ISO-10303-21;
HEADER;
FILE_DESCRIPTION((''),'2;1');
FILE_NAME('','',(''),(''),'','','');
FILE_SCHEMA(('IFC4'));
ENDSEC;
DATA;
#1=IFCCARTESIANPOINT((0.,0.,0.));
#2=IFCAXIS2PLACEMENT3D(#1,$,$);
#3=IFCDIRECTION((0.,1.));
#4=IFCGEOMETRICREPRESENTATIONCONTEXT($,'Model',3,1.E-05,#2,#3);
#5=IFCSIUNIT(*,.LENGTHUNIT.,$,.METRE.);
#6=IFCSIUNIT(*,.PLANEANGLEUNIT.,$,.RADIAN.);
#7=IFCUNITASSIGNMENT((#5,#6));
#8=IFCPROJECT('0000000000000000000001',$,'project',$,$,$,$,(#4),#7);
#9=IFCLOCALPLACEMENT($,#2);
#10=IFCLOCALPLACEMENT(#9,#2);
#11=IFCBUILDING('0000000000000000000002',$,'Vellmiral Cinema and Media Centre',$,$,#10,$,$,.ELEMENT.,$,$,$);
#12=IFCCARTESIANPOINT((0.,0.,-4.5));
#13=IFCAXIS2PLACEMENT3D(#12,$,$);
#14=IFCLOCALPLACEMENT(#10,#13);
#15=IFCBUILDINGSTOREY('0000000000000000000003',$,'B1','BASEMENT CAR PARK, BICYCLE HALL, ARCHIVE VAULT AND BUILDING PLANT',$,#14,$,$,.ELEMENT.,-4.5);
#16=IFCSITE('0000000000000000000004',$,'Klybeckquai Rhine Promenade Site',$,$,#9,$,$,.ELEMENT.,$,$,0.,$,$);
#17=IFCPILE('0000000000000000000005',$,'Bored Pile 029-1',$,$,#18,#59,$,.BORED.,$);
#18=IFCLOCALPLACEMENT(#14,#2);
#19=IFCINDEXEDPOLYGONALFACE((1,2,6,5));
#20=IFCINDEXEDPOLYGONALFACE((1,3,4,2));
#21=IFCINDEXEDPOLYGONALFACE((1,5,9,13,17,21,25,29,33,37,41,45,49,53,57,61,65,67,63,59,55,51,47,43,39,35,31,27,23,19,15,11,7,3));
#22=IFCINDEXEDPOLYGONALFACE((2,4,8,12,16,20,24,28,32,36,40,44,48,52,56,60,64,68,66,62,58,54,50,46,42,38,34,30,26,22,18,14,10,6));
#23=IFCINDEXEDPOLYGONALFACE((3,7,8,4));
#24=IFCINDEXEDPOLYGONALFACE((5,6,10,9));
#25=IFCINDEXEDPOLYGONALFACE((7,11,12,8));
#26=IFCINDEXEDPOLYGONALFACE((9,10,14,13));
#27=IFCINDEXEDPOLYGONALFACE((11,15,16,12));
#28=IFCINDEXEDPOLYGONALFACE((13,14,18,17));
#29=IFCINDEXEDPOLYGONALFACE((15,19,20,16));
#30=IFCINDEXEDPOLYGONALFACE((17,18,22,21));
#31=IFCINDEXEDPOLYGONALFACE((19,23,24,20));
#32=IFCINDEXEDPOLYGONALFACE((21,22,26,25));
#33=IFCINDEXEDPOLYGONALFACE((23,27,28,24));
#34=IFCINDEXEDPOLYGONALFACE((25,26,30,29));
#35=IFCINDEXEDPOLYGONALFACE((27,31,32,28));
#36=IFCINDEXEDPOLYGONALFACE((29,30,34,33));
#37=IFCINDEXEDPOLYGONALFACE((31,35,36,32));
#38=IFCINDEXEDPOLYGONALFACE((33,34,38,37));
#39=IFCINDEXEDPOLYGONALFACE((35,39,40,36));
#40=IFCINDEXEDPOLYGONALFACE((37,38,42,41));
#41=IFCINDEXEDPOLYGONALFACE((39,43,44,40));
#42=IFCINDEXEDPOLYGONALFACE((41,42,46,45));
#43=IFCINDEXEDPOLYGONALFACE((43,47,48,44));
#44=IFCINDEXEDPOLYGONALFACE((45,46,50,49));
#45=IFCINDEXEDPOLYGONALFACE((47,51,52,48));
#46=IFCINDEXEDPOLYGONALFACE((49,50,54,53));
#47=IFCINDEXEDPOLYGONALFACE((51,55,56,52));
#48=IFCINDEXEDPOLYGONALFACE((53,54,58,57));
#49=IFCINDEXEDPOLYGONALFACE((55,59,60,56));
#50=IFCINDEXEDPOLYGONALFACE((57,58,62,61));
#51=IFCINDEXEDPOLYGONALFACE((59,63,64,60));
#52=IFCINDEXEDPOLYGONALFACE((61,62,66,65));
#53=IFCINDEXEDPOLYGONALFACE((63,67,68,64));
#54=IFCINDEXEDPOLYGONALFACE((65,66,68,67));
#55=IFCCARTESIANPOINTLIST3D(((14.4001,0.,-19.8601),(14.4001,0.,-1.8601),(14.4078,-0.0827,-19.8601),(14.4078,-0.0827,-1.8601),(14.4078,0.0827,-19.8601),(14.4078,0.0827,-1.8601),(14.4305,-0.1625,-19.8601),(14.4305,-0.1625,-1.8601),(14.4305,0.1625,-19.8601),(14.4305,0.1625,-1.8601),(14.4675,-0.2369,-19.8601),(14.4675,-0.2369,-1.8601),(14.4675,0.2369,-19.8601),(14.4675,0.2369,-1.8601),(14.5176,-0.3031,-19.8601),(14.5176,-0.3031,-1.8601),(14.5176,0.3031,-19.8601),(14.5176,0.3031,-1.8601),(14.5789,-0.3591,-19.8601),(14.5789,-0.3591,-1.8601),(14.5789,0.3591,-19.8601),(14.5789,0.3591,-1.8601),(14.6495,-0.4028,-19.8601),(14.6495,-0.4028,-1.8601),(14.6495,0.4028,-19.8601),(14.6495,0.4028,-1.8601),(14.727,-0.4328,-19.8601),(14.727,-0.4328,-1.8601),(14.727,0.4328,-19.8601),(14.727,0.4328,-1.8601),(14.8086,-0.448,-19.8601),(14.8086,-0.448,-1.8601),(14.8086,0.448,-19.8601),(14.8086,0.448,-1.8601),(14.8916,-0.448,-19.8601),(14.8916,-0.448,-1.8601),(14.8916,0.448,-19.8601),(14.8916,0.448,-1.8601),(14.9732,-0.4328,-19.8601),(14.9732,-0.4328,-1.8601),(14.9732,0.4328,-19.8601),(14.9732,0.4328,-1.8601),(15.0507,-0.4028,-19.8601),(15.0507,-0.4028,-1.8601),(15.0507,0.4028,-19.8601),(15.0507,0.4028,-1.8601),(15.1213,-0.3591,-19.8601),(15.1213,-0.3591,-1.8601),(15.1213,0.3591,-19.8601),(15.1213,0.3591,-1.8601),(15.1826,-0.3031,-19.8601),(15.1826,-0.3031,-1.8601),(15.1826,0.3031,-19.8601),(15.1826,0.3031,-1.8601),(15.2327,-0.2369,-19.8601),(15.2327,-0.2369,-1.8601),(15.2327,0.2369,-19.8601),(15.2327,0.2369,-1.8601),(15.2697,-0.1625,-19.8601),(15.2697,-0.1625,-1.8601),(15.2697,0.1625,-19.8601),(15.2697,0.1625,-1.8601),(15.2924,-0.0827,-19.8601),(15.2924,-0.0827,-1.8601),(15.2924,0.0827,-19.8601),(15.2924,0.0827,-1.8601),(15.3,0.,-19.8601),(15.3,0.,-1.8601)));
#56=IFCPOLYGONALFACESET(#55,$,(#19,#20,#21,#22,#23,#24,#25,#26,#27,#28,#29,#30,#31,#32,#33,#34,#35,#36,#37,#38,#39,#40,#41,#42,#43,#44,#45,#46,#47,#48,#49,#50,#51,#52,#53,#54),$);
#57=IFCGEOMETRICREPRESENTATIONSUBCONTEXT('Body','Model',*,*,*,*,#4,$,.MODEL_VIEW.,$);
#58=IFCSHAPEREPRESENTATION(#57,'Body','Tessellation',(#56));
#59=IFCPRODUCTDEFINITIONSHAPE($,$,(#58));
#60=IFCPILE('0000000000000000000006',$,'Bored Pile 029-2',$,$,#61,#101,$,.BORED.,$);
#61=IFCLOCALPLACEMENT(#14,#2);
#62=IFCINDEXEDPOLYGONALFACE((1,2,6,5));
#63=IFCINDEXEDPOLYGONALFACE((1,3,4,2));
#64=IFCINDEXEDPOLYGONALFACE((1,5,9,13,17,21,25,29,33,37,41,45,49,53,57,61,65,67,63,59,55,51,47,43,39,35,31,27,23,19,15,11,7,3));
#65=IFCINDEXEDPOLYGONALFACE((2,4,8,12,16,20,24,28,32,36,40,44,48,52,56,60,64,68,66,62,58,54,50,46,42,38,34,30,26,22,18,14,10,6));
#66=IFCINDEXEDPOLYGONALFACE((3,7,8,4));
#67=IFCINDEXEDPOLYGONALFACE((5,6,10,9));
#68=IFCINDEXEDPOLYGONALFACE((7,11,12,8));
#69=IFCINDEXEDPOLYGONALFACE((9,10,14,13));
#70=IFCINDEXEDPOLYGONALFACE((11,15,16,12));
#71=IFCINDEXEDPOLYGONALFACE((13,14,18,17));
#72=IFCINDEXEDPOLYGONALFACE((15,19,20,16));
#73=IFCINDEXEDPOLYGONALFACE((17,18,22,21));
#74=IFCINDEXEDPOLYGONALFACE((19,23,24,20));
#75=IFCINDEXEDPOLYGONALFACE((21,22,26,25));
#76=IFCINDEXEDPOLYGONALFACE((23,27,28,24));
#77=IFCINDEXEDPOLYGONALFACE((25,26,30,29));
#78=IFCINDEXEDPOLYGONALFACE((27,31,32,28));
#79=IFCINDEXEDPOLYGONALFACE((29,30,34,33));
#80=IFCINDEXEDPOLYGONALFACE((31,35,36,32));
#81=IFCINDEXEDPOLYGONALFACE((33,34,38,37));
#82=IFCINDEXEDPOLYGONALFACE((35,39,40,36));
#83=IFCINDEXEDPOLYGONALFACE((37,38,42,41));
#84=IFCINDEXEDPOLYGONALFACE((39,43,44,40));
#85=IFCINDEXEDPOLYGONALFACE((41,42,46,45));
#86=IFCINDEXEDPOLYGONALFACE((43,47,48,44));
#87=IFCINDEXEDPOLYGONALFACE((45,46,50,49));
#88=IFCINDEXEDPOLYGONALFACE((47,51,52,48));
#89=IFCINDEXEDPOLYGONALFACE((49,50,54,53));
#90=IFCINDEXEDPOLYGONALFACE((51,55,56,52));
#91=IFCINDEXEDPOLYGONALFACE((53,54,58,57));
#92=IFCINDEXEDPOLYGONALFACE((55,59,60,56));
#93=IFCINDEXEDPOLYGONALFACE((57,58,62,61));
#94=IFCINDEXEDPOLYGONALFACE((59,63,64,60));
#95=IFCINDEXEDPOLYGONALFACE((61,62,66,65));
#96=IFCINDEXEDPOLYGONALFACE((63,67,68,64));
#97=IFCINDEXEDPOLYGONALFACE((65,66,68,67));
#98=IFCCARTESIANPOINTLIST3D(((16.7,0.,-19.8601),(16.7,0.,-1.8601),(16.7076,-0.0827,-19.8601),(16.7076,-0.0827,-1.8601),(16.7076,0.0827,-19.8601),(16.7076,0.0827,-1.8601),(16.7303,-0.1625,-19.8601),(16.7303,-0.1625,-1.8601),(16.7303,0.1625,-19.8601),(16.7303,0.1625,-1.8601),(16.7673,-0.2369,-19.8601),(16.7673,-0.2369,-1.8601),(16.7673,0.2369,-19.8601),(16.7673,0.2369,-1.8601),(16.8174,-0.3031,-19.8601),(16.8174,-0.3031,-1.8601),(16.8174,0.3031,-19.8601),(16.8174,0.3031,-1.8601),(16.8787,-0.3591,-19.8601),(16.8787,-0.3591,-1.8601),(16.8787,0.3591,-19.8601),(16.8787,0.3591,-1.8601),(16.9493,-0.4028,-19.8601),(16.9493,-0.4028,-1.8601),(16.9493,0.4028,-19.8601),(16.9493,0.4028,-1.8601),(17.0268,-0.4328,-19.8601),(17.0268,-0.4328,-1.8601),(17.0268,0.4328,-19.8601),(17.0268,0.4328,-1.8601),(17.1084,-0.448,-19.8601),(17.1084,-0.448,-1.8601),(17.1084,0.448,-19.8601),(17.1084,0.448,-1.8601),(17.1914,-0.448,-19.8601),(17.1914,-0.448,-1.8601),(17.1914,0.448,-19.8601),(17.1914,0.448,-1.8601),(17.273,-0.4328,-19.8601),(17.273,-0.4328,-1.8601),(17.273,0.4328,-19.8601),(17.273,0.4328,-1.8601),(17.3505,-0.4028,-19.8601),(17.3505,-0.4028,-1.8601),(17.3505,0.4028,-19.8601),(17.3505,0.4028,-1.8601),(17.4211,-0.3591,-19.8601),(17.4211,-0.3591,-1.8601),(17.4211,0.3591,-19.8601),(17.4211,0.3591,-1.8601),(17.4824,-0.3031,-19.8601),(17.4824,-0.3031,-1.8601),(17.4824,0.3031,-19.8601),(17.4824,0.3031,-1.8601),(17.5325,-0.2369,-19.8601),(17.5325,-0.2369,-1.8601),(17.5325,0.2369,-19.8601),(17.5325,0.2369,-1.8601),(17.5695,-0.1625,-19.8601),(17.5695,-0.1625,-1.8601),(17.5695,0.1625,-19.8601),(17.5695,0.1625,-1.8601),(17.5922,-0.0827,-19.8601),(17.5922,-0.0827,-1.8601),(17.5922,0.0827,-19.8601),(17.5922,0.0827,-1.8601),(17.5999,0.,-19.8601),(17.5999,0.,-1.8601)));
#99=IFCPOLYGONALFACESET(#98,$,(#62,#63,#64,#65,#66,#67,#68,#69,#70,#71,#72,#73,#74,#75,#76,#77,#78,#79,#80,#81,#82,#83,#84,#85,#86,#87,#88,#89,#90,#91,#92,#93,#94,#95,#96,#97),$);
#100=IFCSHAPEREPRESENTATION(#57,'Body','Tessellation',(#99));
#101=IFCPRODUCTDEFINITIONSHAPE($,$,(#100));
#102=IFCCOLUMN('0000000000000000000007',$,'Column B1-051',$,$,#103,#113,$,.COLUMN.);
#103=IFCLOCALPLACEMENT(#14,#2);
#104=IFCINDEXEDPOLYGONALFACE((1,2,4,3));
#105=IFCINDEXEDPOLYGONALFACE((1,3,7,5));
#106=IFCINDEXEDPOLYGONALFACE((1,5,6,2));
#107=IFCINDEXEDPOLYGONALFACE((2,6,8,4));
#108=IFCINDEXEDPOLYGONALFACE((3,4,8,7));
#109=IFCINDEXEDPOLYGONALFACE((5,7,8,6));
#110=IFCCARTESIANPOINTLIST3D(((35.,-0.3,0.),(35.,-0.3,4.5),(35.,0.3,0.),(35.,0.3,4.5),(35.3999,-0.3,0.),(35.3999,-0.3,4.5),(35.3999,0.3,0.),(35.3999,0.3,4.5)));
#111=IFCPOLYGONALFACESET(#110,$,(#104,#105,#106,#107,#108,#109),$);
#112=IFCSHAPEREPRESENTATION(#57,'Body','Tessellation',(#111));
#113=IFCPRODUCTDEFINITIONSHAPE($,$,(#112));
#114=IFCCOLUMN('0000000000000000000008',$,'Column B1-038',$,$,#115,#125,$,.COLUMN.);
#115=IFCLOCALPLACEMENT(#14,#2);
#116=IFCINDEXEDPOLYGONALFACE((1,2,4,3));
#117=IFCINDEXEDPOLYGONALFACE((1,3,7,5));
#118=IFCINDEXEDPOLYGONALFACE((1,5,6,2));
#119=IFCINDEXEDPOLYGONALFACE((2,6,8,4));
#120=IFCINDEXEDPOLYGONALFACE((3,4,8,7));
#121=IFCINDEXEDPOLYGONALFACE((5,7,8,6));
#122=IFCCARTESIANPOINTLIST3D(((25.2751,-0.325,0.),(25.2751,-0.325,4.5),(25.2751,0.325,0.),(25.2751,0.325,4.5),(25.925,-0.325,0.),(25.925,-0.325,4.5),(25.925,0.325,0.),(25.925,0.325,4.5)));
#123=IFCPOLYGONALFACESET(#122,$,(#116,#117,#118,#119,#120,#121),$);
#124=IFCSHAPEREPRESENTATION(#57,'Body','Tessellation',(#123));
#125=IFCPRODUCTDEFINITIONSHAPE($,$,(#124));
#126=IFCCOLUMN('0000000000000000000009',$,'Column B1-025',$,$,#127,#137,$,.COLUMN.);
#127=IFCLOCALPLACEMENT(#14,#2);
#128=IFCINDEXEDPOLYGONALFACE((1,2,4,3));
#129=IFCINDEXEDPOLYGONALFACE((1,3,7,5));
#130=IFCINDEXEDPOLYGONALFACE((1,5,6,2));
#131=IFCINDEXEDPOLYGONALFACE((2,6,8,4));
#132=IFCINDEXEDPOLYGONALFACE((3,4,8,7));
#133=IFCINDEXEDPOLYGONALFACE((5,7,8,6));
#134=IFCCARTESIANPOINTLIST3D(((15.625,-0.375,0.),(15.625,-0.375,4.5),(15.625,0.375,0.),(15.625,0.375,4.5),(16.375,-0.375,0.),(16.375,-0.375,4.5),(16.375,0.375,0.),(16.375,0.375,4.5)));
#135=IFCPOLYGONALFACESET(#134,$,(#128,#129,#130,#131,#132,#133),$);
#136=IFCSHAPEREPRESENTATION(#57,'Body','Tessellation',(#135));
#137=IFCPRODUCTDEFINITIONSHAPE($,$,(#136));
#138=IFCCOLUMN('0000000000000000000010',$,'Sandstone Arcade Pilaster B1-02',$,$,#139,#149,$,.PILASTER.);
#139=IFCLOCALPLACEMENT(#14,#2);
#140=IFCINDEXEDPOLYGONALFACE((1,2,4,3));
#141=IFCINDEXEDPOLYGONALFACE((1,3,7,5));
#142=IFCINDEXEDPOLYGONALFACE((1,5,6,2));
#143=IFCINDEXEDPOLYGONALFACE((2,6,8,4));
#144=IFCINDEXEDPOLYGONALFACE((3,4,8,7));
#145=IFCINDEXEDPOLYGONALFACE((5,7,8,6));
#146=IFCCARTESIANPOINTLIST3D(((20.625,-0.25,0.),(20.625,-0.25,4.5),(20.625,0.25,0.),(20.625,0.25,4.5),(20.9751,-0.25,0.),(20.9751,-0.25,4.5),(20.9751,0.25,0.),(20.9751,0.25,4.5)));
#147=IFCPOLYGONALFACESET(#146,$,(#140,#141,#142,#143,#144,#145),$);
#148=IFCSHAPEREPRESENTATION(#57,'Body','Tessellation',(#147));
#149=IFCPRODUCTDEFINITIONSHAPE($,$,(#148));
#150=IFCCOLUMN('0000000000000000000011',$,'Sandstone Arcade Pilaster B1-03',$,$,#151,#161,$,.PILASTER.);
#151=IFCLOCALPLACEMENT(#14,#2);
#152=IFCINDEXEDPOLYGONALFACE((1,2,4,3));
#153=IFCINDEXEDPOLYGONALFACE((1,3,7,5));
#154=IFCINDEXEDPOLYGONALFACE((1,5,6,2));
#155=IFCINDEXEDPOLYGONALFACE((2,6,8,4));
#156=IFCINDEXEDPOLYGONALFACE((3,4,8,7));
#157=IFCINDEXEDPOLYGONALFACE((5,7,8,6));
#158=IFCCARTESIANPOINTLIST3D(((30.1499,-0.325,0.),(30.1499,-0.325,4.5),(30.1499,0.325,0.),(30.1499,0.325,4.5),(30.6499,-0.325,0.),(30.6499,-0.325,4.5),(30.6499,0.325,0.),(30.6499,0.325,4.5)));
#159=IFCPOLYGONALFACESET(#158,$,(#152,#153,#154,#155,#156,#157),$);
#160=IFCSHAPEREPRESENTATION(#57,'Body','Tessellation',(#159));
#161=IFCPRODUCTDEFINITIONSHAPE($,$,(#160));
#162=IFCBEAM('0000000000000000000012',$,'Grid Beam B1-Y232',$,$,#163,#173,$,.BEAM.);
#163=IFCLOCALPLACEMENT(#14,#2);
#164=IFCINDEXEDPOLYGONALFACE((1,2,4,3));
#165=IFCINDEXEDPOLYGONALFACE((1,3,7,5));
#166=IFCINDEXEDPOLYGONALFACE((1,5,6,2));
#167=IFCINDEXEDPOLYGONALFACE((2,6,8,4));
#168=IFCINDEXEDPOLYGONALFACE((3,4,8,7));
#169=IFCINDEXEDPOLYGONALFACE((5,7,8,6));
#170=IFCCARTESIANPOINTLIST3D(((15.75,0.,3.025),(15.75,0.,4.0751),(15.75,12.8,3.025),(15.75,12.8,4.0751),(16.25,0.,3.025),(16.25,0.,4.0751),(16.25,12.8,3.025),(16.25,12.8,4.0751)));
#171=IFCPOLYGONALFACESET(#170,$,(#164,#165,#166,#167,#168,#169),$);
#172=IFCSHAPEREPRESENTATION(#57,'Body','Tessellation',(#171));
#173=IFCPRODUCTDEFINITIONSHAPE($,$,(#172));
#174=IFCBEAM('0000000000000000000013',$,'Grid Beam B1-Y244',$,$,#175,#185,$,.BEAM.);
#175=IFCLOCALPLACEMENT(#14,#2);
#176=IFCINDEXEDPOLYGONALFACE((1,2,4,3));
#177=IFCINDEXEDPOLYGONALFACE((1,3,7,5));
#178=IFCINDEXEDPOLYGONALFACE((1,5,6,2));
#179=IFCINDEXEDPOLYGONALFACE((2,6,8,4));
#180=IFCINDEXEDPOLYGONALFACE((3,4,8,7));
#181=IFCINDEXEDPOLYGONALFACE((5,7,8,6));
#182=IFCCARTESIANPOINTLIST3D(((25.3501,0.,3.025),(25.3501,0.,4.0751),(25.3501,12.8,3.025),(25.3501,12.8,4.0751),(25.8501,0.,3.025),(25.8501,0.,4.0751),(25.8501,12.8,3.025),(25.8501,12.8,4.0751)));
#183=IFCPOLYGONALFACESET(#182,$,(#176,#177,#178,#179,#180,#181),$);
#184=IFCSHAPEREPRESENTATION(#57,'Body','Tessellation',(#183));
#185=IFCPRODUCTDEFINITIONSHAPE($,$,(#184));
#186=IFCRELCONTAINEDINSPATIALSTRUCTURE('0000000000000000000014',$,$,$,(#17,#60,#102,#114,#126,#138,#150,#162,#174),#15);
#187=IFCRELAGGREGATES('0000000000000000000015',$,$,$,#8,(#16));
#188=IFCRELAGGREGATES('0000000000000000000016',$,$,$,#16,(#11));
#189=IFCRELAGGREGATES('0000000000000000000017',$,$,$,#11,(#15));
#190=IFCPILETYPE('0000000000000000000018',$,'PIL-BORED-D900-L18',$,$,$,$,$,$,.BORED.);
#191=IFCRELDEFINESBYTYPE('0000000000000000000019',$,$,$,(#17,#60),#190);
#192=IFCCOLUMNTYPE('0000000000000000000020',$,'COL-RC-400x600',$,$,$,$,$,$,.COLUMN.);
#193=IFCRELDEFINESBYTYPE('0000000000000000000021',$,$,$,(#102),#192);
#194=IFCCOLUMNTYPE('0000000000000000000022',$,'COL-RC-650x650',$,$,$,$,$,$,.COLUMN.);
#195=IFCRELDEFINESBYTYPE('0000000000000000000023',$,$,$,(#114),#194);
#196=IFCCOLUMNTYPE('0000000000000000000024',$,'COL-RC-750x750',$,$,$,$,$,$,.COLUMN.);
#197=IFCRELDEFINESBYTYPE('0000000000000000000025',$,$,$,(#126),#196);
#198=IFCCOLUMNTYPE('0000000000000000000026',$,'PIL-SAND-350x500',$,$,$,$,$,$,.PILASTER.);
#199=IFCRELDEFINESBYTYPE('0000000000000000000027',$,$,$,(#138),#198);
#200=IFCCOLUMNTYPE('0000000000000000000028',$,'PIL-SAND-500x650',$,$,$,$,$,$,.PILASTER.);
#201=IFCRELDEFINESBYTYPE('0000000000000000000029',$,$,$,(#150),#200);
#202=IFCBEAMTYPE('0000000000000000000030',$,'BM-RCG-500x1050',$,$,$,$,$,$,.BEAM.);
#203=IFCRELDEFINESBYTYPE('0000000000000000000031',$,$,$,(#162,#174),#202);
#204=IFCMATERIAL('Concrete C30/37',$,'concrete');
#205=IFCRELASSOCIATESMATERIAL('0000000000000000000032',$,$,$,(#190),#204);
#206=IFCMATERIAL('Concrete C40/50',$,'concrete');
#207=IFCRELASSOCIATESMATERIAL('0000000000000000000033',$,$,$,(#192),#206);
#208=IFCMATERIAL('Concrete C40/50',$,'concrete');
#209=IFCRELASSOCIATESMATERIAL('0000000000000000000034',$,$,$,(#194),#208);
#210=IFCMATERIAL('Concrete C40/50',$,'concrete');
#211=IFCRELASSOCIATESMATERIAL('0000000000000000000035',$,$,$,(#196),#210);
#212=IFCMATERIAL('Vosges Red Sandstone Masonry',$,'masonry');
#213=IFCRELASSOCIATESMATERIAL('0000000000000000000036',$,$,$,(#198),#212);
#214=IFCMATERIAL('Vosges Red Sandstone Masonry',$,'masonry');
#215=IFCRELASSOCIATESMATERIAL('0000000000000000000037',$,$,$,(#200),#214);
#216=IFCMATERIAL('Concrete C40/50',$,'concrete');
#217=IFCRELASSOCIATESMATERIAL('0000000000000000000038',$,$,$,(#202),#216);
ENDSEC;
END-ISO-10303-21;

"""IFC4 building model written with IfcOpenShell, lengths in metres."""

from ifc_helpers import new_model, si_unit, direction, frame, origin, origin_2d, place, context, subcontext, project, spatial, rectangle, circle, extrude, material, material_profile, profile_set, type_object, element, save


model = new_model("IFC4")

# Units and contexts
model_context = context("Model", 3, precision=1e-05, world=origin(), true_north=direction((0.0, 1.0)))
body_context = subcontext(model_context, "Body", "Model", "MODEL_VIEW")
ifc_project = project(units=[si_unit("LENGTHUNIT", "METRE"), si_unit("PLANEANGLEUNIT", "RADIAN")], contexts=[model_context])

# Site, building, storey
site_placement = place(None, origin())
site = spatial("IfcSite", under=ifc_project, at=site_placement, Name="Klybeckquai Rhine Promenade Site", CompositionType="ELEMENT", RefElevation=0.0)
building_placement = place(site_placement, origin())
building = spatial("IfcBuilding", under=site, at=building_placement, Name="Vellmiral Cinema and Media Centre", CompositionType="ELEMENT")
storey_placement = place(building_placement, frame((0.0, 0.0, -4.5)))
storey = spatial("IfcBuildingStorey", under=building, at=storey_placement, Name="B1", Description="BASEMENT CAR PARK, BICYCLE HALL, ARCHIVE VAULT AND BUILDING PLANT", CompositionType="ELEMENT", Elevation=-4.5)

# Piles
ifc_material_1 = material(Name="Concrete C30/37", Category="concrete")
ifc_material_profile_1 = material_profile(ifc_material_1, circle(Radius=0.45, at=origin_2d()), Name="PILE D900")
ifc_profile_set_1 = profile_set([ifc_material_profile_1], Name="Concrete C30/37")
pile_type_1 = type_object("IfcPileType", Name="PIL-BORED-D900-L18", PredefinedType="BORED", material=ifc_profile_set_1)
for number, where, z_axis, x_axis, name in (
    (1, (14.8501, 0.0, -1.8601), (0.0, 0.0, -1.0), (1.0, 0.0, 0.0), "Bored Pile 029-1"),
    (2, (17.1499, 0.0, -1.8601), (0.0, 0.0, -1.0), (1.0, 0.0, 0.0), "Bored Pile 029-2"),
):
    element("IfcPile", number, at=place(storey_placement, frame(where, z_axis=z_axis, x_axis=x_axis)), inside=storey, type_object=pile_type_1, Name=name, PredefinedType="BORED", context=body_context, shape_type="SweptSolid", body=[
        extrude(circle(Radius=0.45, at=origin_2d()), origin(), (0.0, 0.0, 1.0), 18.0),
    ])

# Columns
ifc_material_2 = material(Name="Concrete C40/50", Category="concrete")
ifc_material_profile_2 = material_profile(ifc_material_2, rectangle(XDim=0.3999, YDim=0.6001, at=origin_2d()), Name="RC 400x600")
ifc_profile_set_2 = profile_set([ifc_material_profile_2], Name="Concrete C40/50")
column_type_1 = type_object("IfcColumnType", Name="COL-RC-400x600", PredefinedType="COLUMN", material=ifc_profile_set_2)
column_1_placement = place(storey_placement, frame((35.2, 0.0, 0.0), z_axis=(0.0, 0.0, 1.0), x_axis=(1.0, 0.0, 0.0)))
element("IfcColumn", 3, at=column_1_placement, inside=storey, type_object=column_type_1, Name="Column B1-051", PredefinedType="COLUMN", context=body_context, shape_type="SweptSolid", body=[
    extrude(rectangle(XDim=0.3999, YDim=0.6001, at=origin_2d()), origin(), (0.0, 0.0, 1.0), 4.5),
])
ifc_material_3 = material(Name="Concrete C40/50", Category="concrete")
ifc_material_profile_3 = material_profile(ifc_material_3, rectangle(XDim=0.6499, YDim=0.6499, at=origin_2d()), Name="RC 650x650")
ifc_profile_set_3 = profile_set([ifc_material_profile_3], Name="Concrete C40/50")
column_type_2 = type_object("IfcColumnType", Name="COL-RC-650x650", PredefinedType="COLUMN", material=ifc_profile_set_3)
column_2_placement = place(storey_placement, frame((25.6001, 0.0, 0.0), z_axis=(0.0, 0.0, 1.0), x_axis=(1.0, 0.0, 0.0)))
element("IfcColumn", 4, at=column_2_placement, inside=storey, type_object=column_type_2, Name="Column B1-038", PredefinedType="COLUMN", context=body_context, shape_type="SweptSolid", body=[
    extrude(rectangle(XDim=0.6499, YDim=0.6499, at=origin_2d()), origin(), (0.0, 0.0, 1.0), 4.5),
])
ifc_material_4 = material(Name="Concrete C40/50", Category="concrete")
ifc_material_profile_4 = material_profile(ifc_material_4, rectangle(XDim=0.75, YDim=0.75, at=origin_2d()), Name="RC 750x750")
ifc_profile_set_4 = profile_set([ifc_material_profile_4], Name="Concrete C40/50")
column_type_3 = type_object("IfcColumnType", Name="COL-RC-750x750", PredefinedType="COLUMN", material=ifc_profile_set_4)
column_3_placement = place(storey_placement, frame((16.0, 0.0, 0.0), z_axis=(0.0, 0.0, 1.0), x_axis=(1.0, 0.0, 0.0)))
element("IfcColumn", 5, at=column_3_placement, inside=storey, type_object=column_type_3, Name="Column B1-025", PredefinedType="COLUMN", context=body_context, shape_type="SweptSolid", body=[
    extrude(rectangle(XDim=0.75, YDim=0.75, at=origin_2d()), origin(), (0.0, 0.0, 1.0), 4.5),
])
ifc_material_5 = material(Name="Vosges Red Sandstone Masonry", Category="masonry")
ifc_material_profile_5 = material_profile(ifc_material_5, rectangle(XDim=0.3501, YDim=0.5, at=origin_2d()), Name="SAND 350x500")
ifc_profile_set_5 = profile_set([ifc_material_profile_5], Name="Vosges Red Sandstone Masonry")
column_type_4 = type_object("IfcColumnType", Name="PIL-SAND-350x500", PredefinedType="PILASTER", material=ifc_profile_set_5)
column_4_placement = place(storey_placement, frame((20.8, 0.0, 0.0), z_axis=(0.0, 0.0, 1.0), x_axis=(1.0, 0.0, 0.0)))
element("IfcColumn", 6, at=column_4_placement, inside=storey, type_object=column_type_4, Name="Sandstone Arcade Pilaster B1-02", PredefinedType="PILASTER", context=body_context, shape_type="SweptSolid", body=[
    extrude(rectangle(XDim=0.3501, YDim=0.5, at=origin_2d()), origin(), (0.0, 0.0, 1.0), 4.5),
])
ifc_material_6 = material(Name="Vosges Red Sandstone Masonry", Category="masonry")
ifc_material_profile_6 = material_profile(ifc_material_6, rectangle(XDim=0.5, YDim=0.6499, at=origin_2d()), Name="SAND 500x650")
ifc_profile_set_6 = profile_set([ifc_material_profile_6], Name="Vosges Red Sandstone Masonry")
column_type_5 = type_object("IfcColumnType", Name="PIL-SAND-500x650", PredefinedType="PILASTER", material=ifc_profile_set_6)
column_5_placement = place(storey_placement, frame((30.3999, 0.0, 0.0), z_axis=(0.0, 0.0, 1.0), x_axis=(1.0, 0.0, 0.0)))
element("IfcColumn", 7, at=column_5_placement, inside=storey, type_object=column_type_5, Name="Sandstone Arcade Pilaster B1-03", PredefinedType="PILASTER", context=body_context, shape_type="SweptSolid", body=[
    extrude(rectangle(XDim=0.5, YDim=0.6499, at=origin_2d()), origin(), (0.0, 0.0, 1.0), 4.5),
])

# Beams
ifc_material_7 = material(Name="Concrete C40/50", Category="concrete")
ifc_material_profile_7 = material_profile(ifc_material_7, rectangle(XDim=0.5, YDim=1.05, at=origin_2d()), Name="RC 500x1050")
ifc_profile_set_7 = profile_set([ifc_material_profile_7], Name="Concrete C40/50")
beam_type_1 = type_object("IfcBeamType", Name="BM-RCG-500x1050", PredefinedType="BEAM", material=ifc_profile_set_7)
for number, where, z_axis, x_axis, name in (
    (8, (16.0, 0.0, 3.55), (0.0, 1.0, 0.0), (-1.0, 0.0, 0.0), "Grid Beam B1-Y232"),
    (9, (25.6001, 0.0, 3.55), (0.0, 1.0, 0.0), (-1.0, 0.0, 0.0), "Grid Beam B1-Y244"),
):
    element("IfcBeam", number, at=place(storey_placement, frame(where, z_axis=z_axis, x_axis=x_axis)), inside=storey, type_object=beam_type_1, Name=name, PredefinedType="BEAM", context=body_context, shape_type="SweptSolid", body=[
        extrude(rectangle(XDim=0.5, YDim=1.05, at=origin_2d()), origin(), (0.0, 0.0, 1.0), 12.8),
    ])

save(model, "model.ifc")
